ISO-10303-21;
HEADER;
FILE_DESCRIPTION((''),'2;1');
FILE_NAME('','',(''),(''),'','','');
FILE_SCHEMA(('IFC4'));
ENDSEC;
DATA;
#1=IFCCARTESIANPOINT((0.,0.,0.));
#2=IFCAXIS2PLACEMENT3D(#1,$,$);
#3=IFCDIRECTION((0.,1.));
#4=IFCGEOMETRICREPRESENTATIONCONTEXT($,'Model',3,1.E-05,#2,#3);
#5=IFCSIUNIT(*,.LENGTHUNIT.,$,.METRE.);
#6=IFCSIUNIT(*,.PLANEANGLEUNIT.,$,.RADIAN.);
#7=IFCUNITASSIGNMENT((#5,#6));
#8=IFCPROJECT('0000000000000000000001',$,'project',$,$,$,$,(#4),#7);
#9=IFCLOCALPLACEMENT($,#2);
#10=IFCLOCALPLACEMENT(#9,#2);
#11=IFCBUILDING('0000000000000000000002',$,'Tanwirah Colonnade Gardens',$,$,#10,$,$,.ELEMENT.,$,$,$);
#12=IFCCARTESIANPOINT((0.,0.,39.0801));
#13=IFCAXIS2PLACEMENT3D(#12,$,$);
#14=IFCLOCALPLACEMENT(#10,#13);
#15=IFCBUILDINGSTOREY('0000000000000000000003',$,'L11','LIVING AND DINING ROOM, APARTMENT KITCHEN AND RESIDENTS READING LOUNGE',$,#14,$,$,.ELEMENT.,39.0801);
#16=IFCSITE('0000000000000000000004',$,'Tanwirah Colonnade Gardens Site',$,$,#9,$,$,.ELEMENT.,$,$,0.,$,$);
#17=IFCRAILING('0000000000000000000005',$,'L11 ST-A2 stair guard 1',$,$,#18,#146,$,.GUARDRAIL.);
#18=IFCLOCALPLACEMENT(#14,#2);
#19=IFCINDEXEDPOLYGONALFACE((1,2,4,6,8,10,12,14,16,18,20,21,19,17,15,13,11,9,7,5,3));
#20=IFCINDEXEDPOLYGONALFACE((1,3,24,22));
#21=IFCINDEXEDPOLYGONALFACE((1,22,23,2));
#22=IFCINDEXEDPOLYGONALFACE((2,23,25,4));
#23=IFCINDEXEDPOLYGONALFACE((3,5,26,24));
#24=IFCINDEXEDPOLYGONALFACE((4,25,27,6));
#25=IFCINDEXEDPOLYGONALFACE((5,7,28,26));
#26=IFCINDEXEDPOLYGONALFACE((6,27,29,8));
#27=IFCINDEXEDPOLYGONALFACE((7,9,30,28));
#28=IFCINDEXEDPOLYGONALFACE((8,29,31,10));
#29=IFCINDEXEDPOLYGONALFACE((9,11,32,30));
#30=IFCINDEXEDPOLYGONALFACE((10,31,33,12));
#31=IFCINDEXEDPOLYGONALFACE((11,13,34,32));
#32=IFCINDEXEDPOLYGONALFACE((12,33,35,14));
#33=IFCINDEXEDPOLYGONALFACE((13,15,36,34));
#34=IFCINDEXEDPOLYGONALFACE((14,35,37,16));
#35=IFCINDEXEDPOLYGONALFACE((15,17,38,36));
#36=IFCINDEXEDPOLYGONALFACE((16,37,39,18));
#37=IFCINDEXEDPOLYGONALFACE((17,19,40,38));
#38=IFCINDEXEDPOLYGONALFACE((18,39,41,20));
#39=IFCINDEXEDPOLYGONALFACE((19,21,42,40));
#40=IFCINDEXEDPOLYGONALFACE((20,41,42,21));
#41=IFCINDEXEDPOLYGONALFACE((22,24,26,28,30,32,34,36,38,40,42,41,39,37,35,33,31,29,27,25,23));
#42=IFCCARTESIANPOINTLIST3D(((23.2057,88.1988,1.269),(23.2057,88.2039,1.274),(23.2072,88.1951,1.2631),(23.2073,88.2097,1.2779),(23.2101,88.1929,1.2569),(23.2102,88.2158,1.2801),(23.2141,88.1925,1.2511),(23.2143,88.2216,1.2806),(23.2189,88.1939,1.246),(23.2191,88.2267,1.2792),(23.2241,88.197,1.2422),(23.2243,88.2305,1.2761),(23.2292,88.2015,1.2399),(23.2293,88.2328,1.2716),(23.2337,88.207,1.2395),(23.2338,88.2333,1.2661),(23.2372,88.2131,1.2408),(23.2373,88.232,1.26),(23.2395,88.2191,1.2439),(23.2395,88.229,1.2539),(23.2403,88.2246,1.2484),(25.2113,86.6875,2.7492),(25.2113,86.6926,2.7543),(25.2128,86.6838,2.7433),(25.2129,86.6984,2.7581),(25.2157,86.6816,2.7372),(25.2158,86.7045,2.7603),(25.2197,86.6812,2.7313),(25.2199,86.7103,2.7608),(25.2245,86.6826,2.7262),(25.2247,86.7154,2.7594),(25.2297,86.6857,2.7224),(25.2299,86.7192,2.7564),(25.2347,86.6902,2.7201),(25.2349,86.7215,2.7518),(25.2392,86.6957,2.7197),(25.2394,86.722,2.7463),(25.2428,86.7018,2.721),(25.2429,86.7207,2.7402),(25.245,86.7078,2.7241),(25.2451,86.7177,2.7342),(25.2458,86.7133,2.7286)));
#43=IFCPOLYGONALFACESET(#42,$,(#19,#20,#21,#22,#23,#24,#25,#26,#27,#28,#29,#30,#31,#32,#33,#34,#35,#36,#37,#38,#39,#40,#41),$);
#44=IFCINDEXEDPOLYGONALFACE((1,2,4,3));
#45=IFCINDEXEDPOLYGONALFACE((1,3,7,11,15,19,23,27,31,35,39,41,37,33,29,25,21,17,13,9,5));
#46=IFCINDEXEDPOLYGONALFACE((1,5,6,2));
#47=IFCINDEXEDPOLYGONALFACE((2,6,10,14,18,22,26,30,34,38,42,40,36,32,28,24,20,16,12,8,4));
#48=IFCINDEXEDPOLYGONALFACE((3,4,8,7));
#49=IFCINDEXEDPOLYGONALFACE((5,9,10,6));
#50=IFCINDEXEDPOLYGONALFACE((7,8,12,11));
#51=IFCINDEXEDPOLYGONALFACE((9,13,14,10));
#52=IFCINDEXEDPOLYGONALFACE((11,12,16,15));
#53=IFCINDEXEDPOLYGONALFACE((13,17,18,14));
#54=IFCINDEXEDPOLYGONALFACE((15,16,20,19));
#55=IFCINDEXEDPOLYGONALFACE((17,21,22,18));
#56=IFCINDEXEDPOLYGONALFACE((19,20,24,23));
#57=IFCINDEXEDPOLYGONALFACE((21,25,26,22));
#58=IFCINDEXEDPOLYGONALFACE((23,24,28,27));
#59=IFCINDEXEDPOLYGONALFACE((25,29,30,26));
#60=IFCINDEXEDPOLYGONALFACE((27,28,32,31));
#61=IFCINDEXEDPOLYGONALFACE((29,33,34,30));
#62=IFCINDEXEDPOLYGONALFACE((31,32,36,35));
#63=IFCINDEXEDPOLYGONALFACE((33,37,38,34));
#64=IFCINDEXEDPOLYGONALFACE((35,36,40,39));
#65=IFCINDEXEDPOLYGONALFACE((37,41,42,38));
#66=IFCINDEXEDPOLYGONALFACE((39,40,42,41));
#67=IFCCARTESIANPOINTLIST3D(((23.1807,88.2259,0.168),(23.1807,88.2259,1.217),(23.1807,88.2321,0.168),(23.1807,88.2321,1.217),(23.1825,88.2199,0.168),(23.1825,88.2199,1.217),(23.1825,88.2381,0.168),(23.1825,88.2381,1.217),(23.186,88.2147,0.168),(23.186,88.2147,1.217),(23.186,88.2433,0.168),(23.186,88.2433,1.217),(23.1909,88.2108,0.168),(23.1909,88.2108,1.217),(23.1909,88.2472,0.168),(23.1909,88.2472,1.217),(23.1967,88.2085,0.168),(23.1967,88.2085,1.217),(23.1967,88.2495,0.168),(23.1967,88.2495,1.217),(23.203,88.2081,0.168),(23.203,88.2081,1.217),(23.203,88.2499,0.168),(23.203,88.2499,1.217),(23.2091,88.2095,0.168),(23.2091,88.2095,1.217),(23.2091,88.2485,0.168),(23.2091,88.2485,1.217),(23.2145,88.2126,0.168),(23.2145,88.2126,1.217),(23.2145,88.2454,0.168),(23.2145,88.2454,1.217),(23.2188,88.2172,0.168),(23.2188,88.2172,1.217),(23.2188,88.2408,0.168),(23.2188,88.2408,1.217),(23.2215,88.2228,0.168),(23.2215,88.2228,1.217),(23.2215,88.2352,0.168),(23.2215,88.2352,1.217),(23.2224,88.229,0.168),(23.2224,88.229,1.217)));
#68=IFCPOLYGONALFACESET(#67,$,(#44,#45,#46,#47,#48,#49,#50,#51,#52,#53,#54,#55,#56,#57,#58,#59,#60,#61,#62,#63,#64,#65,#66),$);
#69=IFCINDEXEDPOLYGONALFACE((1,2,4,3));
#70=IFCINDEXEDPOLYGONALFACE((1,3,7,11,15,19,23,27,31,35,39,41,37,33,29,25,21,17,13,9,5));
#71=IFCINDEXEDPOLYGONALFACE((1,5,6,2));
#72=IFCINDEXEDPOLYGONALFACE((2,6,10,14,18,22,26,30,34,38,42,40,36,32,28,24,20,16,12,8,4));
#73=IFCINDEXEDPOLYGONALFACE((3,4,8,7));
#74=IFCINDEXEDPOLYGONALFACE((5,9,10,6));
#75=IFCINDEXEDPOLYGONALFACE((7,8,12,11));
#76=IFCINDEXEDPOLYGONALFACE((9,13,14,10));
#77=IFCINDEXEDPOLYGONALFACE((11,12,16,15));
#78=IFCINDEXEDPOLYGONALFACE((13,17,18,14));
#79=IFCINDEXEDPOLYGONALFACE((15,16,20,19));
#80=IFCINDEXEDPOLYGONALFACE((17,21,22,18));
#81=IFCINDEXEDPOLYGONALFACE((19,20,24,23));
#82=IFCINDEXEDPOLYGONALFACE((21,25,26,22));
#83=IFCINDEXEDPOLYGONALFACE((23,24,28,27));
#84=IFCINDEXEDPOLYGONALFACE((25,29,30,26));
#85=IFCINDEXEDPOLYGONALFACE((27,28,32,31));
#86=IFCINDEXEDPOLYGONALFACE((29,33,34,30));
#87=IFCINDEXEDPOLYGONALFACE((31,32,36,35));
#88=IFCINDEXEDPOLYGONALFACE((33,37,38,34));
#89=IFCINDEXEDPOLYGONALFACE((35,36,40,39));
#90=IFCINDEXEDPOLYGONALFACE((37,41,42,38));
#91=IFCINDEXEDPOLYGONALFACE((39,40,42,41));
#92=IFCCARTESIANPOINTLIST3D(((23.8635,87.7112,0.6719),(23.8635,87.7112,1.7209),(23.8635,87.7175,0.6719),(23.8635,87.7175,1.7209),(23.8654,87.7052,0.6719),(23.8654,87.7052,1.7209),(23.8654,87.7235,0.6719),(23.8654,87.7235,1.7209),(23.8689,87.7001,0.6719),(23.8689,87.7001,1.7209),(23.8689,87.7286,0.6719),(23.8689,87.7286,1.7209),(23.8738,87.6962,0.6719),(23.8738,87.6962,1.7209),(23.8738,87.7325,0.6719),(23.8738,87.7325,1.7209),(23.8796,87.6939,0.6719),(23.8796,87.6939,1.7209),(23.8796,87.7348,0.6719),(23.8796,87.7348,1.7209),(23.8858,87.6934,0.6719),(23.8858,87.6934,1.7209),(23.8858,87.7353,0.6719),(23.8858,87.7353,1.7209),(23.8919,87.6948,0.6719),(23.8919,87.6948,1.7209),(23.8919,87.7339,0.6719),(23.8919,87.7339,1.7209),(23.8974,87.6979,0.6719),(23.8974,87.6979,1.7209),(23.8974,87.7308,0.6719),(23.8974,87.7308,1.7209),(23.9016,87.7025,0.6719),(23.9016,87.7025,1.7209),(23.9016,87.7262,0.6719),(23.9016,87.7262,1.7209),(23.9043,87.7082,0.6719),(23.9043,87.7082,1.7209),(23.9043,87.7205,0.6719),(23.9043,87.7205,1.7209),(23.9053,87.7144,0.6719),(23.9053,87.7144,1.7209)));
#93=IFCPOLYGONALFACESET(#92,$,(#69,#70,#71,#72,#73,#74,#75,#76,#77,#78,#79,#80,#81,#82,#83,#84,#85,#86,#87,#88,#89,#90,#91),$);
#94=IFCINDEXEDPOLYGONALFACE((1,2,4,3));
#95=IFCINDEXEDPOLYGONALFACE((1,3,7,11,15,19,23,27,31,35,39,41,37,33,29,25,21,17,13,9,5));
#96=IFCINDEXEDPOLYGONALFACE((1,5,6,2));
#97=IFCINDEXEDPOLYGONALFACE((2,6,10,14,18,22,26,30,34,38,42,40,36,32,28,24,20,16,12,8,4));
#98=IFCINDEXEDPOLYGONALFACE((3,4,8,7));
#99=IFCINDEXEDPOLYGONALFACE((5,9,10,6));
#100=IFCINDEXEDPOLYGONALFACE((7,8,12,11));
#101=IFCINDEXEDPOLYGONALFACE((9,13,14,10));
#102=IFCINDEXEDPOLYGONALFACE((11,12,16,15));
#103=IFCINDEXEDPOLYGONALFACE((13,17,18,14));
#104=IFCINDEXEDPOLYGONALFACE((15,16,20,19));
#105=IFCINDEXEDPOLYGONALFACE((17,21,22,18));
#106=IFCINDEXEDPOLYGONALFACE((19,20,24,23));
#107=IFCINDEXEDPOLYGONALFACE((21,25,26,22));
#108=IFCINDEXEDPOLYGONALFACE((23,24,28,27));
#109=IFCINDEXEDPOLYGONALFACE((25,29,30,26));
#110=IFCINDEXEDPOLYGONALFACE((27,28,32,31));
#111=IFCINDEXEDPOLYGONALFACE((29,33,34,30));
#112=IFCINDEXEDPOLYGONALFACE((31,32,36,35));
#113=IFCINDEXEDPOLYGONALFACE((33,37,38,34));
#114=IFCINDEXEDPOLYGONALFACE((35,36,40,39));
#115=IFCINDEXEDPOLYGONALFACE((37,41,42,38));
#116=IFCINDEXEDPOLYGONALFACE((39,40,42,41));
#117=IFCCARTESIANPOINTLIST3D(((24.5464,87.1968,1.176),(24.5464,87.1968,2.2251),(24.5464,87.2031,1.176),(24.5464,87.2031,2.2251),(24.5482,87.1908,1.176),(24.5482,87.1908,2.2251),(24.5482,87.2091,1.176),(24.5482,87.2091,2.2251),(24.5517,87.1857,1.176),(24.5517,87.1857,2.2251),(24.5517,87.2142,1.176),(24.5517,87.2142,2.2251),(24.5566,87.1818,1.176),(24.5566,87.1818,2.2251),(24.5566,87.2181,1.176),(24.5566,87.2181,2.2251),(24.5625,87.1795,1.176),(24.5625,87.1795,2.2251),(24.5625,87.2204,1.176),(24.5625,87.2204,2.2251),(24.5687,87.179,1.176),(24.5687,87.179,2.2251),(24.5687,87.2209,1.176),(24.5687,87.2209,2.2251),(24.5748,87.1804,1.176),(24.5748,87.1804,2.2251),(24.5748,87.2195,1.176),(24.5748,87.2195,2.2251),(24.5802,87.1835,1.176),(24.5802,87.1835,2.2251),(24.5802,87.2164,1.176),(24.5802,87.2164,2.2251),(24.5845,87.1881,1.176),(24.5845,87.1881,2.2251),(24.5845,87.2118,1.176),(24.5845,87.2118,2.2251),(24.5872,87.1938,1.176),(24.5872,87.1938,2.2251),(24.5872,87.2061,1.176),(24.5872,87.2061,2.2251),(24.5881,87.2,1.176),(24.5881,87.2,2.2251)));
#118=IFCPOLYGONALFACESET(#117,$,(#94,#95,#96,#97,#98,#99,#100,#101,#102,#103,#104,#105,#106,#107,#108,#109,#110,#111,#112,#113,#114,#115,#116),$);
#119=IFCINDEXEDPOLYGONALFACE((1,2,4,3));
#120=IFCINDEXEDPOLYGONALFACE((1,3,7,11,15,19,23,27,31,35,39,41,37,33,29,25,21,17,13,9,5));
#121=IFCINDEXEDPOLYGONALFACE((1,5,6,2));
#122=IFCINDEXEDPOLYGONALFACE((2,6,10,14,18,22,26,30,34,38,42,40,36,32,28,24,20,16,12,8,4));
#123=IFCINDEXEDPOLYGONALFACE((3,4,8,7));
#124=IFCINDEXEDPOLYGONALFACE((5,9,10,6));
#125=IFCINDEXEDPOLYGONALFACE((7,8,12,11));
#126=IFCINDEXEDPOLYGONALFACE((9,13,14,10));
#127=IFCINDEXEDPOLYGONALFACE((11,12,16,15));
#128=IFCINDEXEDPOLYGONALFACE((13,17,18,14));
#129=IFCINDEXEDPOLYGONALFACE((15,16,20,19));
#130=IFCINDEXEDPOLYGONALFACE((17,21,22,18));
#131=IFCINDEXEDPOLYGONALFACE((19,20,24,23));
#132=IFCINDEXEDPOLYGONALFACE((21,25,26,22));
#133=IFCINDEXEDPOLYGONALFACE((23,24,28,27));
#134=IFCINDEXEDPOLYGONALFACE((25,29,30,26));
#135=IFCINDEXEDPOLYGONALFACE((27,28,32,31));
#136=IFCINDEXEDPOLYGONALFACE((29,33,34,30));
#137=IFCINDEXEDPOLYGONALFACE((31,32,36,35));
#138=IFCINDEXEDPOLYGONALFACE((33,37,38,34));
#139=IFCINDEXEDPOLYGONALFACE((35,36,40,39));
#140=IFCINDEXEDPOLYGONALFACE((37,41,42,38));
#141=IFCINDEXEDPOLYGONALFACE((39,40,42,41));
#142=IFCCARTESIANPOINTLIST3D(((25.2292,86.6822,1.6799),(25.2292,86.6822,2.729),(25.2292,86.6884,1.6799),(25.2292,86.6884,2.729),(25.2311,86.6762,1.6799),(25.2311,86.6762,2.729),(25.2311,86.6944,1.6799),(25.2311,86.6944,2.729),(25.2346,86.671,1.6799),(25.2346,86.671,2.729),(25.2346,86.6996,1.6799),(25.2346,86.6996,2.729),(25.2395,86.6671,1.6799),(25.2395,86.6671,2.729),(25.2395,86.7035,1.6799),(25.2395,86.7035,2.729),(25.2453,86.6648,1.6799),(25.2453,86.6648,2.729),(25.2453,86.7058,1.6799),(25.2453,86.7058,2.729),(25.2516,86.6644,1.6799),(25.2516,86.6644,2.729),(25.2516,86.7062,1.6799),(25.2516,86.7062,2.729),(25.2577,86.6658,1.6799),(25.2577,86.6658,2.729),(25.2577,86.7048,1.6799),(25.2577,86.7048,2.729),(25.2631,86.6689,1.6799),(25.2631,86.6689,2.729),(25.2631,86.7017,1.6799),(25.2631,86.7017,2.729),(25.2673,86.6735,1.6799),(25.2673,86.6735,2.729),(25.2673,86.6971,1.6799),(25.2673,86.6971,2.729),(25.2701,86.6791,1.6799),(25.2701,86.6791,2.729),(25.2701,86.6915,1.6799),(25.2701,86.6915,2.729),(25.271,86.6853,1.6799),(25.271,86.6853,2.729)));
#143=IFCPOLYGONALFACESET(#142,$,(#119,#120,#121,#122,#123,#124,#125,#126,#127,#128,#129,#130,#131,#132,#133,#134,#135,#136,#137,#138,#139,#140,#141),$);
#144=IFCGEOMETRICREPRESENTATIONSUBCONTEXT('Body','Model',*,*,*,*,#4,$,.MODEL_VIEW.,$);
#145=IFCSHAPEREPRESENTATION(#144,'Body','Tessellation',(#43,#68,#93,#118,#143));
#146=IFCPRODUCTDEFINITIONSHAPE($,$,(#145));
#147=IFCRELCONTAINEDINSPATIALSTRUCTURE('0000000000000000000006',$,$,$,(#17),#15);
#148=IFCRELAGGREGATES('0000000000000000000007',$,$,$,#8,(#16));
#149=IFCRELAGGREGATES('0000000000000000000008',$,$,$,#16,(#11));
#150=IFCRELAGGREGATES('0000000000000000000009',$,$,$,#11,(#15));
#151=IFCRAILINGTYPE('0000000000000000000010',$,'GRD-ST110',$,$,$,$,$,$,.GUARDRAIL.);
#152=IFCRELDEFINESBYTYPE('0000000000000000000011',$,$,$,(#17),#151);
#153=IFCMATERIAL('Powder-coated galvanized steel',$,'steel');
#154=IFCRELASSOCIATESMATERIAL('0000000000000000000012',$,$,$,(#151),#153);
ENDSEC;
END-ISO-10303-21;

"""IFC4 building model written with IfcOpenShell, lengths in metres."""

from ifc_helpers import new_model, si_unit, direction, frame, origin, origin_2d, place, context, subcontext, project, spatial, circle, extrude, material, type_object, element, save


model = new_model("IFC4")

# Units and contexts
model_context = context("Model", 3, precision=1e-05, world=origin(), true_north=direction((0.0, 1.0)))
body_context = subcontext(model_context, "Body", "Model", "MODEL_VIEW")
ifc_project = project(units=[si_unit("LENGTHUNIT", "METRE"), si_unit("PLANEANGLEUNIT", "RADIAN")], contexts=[model_context])

# Site, building, storey
site_placement = place(None, origin())
site = spatial("IfcSite", under=ifc_project, at=site_placement, Name="Tanwirah Colonnade Gardens Site", CompositionType="ELEMENT", RefElevation=0.0)
building_placement = place(site_placement, origin())
building = spatial("IfcBuilding", under=site, at=building_placement, Name="Tanwirah Colonnade Gardens", CompositionType="ELEMENT")
storey_placement = place(building_placement, frame((0.0, 0.0, 39.0801)))
storey = spatial("IfcBuildingStorey", under=building, at=storey_placement, Name="L11", Description="LIVING AND DINING ROOM, APARTMENT KITCHEN AND RESIDENTS READING LOUNGE", CompositionType="ELEMENT", Elevation=39.0801)

# Railing
ifc_material_1 = material(Name="Powder-coated galvanized steel", Category="steel")
railing_type = type_object("IfcRailingType", Name="GRD-ST110", PredefinedType="GUARDRAIL", material=ifc_material_1)
railing_1_placement = place(storey_placement, frame((23.2014, 88.229, 0.168)))
element("IfcRailing", 1, at=railing_1_placement, inside=storey, type_object=railing_type, Name="L11 ST-A2 stair guard 1", PredefinedType="GUARDRAIL", context=body_context, shape_type="SweptSolid", body=[
    extrude(circle(Radius=0.0239, at=origin_2d()), frame((0.0215, -0.0161, 1.092), z_axis=(0.688012, -0.518449, 0.507789), x_axis=(0.601811, 0.798639, 0.0)), (0.0, 0.0, 1.0), 2.915),
    extrude(circle(Radius=0.021, at=origin_2d()), origin(), (0.0, 0.0, 1.0), 1.0491),
    extrude(circle(Radius=0.021, at=origin_2d()), frame((0.6829, -0.5146, 0.5039)), (0.0, 0.0, 1.0), 1.0491),
    extrude(circle(Radius=0.021, at=origin_2d()), frame((1.3657, -1.0291, 1.0081)), (0.0, 0.0, 1.0), 1.0491),
    extrude(circle(Radius=0.021, at=origin_2d()), frame((2.0486, -1.5437, 1.512)), (0.0, 0.0, 1.0), 1.0491),
])

save(model, "model.ifc")
